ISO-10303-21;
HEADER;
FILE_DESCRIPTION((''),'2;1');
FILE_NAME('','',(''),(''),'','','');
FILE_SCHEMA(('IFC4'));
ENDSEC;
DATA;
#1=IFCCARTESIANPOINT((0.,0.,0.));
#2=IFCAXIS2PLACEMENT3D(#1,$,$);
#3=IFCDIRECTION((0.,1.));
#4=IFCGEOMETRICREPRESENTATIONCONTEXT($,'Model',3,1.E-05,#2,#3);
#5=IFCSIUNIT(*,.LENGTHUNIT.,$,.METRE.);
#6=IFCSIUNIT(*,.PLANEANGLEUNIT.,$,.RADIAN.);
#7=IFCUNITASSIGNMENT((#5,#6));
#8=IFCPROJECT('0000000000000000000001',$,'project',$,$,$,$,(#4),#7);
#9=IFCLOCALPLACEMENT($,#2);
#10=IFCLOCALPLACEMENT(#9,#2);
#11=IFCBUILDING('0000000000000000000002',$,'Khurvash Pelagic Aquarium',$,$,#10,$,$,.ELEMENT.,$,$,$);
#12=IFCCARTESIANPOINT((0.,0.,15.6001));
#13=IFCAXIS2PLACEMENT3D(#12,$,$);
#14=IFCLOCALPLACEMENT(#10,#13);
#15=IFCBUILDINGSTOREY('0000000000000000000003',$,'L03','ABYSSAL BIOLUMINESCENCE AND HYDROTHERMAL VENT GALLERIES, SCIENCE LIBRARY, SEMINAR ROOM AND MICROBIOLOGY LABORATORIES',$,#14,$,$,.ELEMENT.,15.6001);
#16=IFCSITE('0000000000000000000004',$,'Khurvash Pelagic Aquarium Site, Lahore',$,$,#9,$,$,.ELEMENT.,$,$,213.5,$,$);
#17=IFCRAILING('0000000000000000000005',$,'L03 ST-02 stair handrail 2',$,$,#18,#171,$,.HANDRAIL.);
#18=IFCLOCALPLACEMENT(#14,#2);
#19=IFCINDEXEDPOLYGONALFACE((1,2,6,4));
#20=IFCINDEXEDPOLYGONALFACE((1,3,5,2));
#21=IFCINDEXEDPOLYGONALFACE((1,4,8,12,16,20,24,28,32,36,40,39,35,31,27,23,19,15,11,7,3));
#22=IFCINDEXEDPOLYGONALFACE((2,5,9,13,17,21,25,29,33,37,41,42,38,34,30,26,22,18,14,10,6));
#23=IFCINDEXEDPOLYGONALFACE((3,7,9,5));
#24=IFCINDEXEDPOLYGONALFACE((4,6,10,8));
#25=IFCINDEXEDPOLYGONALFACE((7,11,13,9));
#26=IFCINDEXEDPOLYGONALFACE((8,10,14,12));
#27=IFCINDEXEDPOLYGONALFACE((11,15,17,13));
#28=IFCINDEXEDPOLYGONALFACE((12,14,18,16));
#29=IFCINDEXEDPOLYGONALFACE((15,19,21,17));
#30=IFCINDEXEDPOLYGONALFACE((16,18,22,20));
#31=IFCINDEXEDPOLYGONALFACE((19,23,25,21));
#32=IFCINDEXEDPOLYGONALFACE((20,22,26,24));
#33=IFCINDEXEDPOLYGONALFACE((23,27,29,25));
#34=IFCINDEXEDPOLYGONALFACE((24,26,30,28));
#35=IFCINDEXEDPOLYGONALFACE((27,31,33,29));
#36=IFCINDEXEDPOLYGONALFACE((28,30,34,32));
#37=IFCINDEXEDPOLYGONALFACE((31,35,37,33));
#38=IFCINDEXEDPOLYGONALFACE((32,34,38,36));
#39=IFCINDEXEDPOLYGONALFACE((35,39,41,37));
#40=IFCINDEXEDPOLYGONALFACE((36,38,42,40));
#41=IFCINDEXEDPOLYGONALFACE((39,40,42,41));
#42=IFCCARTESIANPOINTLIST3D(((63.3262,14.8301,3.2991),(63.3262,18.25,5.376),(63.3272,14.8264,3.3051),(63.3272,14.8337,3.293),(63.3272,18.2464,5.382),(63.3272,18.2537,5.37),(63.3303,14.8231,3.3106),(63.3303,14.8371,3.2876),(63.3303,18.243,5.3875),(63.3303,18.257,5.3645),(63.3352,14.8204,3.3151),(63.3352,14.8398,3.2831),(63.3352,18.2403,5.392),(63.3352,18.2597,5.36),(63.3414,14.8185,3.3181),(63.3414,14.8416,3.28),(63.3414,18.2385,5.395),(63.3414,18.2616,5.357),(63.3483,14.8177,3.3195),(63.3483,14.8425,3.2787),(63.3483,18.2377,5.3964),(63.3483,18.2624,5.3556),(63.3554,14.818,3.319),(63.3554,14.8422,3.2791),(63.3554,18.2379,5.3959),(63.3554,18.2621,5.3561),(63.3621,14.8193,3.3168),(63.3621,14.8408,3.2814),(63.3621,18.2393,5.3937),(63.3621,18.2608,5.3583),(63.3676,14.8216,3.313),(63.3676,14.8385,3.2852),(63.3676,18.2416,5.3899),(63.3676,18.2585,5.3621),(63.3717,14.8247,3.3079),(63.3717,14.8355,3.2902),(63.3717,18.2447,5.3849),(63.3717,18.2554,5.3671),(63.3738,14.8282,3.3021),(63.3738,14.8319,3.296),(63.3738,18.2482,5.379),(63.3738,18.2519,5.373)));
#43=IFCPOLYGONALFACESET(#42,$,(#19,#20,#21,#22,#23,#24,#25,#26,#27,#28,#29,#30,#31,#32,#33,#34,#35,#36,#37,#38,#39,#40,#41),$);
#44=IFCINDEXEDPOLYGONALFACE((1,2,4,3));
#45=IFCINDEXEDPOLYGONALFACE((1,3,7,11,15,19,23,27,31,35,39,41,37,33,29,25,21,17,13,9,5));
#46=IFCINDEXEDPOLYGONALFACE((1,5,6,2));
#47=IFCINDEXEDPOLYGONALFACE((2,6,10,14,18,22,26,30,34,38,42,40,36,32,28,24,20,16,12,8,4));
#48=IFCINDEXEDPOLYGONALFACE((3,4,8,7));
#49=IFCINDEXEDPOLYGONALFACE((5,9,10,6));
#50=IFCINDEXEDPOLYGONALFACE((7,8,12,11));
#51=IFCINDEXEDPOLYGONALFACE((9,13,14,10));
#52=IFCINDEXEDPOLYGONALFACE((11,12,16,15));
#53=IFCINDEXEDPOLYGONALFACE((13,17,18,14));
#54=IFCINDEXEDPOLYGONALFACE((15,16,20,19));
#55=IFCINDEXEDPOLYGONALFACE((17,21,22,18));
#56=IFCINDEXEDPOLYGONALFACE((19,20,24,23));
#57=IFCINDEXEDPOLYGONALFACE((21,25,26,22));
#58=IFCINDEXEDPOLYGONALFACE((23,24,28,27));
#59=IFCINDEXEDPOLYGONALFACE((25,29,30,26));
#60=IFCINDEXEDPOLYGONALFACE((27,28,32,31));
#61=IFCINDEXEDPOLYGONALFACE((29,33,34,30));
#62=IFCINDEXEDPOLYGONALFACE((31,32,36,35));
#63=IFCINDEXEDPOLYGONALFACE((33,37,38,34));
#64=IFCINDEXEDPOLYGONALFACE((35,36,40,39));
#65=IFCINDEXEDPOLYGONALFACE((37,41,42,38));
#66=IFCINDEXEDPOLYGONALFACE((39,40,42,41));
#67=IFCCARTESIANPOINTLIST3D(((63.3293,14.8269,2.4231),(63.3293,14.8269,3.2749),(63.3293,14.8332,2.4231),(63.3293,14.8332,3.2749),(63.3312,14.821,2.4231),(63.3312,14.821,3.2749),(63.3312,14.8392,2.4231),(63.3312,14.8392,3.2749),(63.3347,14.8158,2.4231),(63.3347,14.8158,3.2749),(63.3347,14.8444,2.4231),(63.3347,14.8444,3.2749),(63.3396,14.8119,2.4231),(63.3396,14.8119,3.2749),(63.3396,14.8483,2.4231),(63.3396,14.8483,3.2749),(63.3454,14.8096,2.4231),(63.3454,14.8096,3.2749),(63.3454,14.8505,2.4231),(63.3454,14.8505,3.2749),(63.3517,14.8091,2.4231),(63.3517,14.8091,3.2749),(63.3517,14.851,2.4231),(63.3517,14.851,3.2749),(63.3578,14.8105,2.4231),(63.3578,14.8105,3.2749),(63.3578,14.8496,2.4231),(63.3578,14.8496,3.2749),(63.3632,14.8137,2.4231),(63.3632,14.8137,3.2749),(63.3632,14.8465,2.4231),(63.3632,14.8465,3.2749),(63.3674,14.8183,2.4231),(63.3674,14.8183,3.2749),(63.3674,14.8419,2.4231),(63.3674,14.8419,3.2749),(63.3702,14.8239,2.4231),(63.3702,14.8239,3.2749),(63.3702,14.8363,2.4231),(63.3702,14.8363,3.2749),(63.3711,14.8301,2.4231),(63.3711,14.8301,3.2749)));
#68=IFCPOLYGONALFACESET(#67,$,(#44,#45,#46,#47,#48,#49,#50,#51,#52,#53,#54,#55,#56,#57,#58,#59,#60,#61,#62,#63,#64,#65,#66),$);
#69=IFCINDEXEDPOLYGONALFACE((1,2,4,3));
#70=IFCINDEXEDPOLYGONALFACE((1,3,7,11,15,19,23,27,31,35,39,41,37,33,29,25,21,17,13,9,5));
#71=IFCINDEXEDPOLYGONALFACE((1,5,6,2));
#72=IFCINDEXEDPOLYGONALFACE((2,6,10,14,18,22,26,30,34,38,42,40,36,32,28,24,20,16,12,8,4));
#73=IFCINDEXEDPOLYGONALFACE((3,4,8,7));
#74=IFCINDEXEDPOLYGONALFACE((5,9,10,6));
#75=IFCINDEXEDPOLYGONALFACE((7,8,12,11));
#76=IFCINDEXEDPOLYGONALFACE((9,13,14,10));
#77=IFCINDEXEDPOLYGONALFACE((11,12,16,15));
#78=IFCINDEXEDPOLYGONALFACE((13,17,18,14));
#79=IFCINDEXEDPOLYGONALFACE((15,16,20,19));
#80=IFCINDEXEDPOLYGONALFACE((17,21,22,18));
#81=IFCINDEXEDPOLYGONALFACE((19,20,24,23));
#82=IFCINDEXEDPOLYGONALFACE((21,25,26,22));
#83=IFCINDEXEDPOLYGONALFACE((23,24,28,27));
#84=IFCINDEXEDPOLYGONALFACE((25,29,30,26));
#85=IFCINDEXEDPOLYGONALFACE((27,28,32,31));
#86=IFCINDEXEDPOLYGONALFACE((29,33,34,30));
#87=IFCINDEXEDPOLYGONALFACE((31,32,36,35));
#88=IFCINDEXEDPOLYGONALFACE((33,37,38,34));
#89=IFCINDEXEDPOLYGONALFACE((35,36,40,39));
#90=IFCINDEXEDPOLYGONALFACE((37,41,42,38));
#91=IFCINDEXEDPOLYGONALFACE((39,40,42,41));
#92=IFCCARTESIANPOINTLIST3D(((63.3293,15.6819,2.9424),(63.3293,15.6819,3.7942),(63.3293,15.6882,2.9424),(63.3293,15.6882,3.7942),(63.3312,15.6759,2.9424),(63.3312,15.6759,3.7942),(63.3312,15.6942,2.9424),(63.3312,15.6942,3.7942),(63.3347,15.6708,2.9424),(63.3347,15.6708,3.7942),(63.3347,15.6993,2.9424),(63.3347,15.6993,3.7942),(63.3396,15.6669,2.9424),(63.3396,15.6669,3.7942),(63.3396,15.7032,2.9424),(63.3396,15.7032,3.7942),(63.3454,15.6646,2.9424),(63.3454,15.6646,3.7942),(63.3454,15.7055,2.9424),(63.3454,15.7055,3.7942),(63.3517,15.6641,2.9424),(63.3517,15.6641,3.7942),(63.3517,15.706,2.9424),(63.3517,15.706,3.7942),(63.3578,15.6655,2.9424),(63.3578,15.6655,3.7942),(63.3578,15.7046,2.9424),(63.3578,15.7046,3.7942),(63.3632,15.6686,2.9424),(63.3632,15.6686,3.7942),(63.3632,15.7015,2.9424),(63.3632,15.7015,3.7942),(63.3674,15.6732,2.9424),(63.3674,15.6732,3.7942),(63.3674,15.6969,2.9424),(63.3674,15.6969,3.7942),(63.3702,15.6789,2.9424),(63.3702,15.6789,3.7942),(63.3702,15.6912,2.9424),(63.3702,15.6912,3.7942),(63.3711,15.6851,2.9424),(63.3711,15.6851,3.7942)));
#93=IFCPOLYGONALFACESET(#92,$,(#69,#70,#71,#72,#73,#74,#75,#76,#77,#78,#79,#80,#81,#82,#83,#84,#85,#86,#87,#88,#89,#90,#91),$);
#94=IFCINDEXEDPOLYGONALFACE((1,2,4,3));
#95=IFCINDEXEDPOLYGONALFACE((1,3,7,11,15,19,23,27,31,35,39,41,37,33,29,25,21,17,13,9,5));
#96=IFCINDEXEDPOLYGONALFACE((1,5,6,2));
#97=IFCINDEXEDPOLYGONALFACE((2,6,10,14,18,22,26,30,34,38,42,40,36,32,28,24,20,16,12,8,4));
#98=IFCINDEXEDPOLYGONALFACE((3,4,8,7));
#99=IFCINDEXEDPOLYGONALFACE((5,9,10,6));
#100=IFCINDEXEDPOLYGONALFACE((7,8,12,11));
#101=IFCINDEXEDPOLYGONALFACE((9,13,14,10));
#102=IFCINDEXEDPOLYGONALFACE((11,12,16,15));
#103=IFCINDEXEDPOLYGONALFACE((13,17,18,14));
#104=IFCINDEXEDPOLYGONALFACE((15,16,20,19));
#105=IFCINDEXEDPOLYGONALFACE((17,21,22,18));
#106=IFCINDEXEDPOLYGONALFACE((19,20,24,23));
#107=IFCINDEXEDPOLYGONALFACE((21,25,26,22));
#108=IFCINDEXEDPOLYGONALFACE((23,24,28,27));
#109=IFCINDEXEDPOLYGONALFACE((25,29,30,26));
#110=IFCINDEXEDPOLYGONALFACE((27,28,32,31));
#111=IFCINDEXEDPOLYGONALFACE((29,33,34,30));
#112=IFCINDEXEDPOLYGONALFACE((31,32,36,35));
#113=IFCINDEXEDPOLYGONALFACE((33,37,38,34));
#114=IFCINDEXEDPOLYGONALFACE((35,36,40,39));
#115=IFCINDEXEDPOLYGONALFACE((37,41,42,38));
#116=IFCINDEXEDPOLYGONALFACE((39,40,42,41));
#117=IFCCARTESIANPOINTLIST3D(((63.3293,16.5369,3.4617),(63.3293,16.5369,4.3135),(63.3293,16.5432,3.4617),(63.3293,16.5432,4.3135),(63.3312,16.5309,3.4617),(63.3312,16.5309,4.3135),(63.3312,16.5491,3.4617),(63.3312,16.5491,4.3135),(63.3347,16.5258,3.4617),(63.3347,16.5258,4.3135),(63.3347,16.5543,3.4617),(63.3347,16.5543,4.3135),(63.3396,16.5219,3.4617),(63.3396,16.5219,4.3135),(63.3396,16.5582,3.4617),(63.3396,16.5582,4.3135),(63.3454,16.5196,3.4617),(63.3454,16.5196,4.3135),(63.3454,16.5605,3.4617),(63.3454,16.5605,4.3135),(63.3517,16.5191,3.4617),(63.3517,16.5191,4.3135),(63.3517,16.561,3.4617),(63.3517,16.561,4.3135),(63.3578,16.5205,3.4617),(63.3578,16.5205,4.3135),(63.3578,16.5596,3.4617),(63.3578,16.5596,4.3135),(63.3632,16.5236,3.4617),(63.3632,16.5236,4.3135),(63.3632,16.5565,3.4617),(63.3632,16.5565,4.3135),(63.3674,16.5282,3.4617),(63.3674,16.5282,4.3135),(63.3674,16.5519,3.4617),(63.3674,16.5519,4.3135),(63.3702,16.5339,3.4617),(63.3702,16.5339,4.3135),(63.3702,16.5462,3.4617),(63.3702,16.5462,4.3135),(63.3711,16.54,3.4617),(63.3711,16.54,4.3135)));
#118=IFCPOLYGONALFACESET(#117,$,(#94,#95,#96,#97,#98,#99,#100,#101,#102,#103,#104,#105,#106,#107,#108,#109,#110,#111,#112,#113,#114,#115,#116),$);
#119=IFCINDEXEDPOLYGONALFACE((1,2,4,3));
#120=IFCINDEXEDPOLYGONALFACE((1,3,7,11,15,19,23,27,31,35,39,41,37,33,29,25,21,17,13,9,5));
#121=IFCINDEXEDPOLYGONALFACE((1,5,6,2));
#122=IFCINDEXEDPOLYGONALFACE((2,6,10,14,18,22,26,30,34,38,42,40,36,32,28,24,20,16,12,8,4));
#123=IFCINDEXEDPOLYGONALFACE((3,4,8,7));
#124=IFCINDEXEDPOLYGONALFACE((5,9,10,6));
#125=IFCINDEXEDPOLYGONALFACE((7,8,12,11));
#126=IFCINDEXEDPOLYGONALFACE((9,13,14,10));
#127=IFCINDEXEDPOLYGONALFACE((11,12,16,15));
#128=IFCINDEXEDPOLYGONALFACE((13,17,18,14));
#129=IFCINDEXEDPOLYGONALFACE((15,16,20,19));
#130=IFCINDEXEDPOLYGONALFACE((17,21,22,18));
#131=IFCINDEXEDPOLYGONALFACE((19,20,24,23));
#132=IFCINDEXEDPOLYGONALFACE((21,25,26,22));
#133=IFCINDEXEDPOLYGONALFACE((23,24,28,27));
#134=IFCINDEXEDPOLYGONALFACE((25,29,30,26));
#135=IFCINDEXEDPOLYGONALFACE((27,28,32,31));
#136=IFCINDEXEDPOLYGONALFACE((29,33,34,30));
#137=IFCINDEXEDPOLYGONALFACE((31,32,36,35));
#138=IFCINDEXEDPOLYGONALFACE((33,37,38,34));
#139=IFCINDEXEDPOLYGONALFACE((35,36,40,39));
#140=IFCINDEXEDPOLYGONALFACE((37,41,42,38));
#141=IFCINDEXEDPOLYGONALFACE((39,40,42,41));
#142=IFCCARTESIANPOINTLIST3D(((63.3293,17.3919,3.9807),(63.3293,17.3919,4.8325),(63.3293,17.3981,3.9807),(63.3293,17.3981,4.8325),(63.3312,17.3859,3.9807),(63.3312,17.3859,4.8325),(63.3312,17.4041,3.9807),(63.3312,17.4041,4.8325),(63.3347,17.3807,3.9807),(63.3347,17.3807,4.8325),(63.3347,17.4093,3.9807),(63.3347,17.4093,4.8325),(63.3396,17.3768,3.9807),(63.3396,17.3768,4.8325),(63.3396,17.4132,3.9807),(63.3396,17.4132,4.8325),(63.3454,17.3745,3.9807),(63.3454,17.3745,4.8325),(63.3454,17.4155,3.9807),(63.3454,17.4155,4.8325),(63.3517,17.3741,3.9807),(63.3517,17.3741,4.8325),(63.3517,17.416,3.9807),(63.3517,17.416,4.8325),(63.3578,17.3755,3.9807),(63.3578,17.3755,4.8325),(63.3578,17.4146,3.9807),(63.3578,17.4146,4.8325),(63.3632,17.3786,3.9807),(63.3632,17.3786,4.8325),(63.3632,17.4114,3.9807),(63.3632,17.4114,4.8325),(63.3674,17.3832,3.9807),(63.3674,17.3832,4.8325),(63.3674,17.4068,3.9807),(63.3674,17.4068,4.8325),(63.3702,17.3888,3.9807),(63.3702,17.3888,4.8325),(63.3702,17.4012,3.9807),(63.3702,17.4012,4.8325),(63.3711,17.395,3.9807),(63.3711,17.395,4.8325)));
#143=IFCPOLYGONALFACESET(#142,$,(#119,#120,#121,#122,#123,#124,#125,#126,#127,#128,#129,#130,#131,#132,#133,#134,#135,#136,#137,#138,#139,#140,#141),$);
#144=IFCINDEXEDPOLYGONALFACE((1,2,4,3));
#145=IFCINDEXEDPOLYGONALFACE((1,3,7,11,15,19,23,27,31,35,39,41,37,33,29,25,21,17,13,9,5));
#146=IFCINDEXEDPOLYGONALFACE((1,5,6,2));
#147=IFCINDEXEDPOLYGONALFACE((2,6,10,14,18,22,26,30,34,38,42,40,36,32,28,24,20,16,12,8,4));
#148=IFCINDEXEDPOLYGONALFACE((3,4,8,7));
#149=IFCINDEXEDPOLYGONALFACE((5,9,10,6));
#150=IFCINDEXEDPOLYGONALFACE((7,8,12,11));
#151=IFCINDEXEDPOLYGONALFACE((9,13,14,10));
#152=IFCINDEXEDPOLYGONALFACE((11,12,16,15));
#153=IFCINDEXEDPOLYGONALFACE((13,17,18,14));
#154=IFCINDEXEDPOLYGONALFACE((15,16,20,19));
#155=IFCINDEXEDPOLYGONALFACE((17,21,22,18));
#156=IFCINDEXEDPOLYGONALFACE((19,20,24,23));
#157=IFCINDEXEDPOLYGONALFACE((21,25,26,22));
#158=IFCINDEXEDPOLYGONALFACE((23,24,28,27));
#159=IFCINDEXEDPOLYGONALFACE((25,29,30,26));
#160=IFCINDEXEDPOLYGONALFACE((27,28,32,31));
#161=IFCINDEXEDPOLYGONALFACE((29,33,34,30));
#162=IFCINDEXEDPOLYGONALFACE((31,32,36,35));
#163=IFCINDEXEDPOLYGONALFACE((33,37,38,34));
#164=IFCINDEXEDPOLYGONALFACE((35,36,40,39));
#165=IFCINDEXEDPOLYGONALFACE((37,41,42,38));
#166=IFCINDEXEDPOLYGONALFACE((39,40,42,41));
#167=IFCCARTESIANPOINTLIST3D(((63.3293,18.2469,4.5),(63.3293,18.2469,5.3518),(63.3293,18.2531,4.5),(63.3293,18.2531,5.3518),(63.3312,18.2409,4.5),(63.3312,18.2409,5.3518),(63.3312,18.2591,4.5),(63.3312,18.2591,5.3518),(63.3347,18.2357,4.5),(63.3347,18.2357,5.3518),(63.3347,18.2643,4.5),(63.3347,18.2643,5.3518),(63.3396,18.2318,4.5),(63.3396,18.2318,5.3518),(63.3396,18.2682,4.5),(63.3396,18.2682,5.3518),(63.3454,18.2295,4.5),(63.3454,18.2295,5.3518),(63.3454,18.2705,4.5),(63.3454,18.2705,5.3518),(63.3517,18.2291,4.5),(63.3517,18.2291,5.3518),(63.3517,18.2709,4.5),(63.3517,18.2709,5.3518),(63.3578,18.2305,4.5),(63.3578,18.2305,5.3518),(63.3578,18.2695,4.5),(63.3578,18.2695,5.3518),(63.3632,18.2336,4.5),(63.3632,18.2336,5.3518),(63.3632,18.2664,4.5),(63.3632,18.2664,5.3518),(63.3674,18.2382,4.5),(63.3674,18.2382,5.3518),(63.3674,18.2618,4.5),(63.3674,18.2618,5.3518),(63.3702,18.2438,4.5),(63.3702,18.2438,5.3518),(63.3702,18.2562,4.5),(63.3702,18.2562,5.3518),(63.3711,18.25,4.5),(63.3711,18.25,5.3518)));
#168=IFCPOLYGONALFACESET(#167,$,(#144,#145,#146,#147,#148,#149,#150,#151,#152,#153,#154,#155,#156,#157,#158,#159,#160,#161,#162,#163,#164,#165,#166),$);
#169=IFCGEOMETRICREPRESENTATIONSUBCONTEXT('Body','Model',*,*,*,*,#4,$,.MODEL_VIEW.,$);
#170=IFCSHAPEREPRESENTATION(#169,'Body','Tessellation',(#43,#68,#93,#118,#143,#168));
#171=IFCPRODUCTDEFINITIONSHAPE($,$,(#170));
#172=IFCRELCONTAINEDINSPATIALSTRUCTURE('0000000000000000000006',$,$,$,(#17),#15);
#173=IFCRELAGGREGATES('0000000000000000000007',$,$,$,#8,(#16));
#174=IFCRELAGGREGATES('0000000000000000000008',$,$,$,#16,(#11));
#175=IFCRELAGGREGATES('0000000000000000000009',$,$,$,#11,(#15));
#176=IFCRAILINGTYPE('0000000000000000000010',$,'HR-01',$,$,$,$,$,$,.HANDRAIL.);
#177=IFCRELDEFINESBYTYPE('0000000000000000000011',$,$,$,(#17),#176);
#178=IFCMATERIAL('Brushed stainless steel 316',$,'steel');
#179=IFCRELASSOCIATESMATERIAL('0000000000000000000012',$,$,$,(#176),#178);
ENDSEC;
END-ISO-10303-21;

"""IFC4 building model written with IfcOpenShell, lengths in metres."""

from ifc_helpers import new_model, si_unit, direction, frame, origin, origin_2d, place, context, subcontext, project, spatial, circle, extrude, material, type_object, element, save


model = new_model("IFC4")

# Units and contexts
model_context = context("Model", 3, precision=1e-05, world=origin(), true_north=direction((0.0, 1.0)))
body_context = subcontext(model_context, "Body", "Model", "MODEL_VIEW")
ifc_project = project(units=[si_unit("LENGTHUNIT", "METRE"), si_unit("PLANEANGLEUNIT", "RADIAN")], contexts=[model_context])

# Site, building, storey
site_placement = place(None, origin())
site = spatial("IfcSite", under=ifc_project, at=site_placement, Name="Khurvash Pelagic Aquarium Site, Lahore", CompositionType="ELEMENT", RefElevation=213.5)
building_placement = place(site_placement, origin())
building = spatial("IfcBuilding", under=site, at=building_placement, Name="Khurvash Pelagic Aquarium", CompositionType="ELEMENT")
storey_placement = place(building_placement, frame((0.0, 0.0, 15.6001)))
storey = spatial("IfcBuildingStorey", under=building, at=storey_placement, Name="L03", Description="ABYSSAL BIOLUMINESCENCE AND HYDROTHERMAL VENT GALLERIES, SCIENCE LIBRARY, SEMINAR ROOM AND MICROBIOLOGY LABORATORIES", CompositionType="ELEMENT", Elevation=15.6001)

# Railing
ifc_material_1 = material(Name="Brushed stainless steel 316", Category="steel")
railing_type_1 = type_object("IfcRailingType", Name="HR-01", PredefinedType="HANDRAIL", material=ifc_material_1)
railing_1_placement = place(storey_placement, frame((63.3501, 14.8301, 2.4231)))
element("IfcRailing", 1, at=railing_1_placement, inside=storey, type_object=railing_type_1, Name="L03 ST-02 stair handrail 2", PredefinedType="HANDRAIL", context=body_context, shape_type="SweptSolid", body=[
    extrude(circle(Radius=0.0239, at=origin_2d()), frame((0.0, 0.0, 0.876), z_axis=(0.0, 0.85473, 0.519074), x_axis=(-1.0, 0.0, 0.0)), (0.0, 0.0, 1.0), 4.0012),
    extrude(circle(Radius=0.021, at=origin_2d()), origin(), (0.0, 0.0, 1.0), 0.8518),
    extrude(circle(Radius=0.021, at=origin_2d()), frame((0.0, 0.855, 0.5193)), (0.0, 0.0, 1.0), 0.8518),
    extrude(circle(Radius=0.021, at=origin_2d()), frame((0.0, 1.71, 1.0386)), (0.0, 0.0, 1.0), 0.8518),
    extrude(circle(Radius=0.021, at=origin_2d()), frame((0.0, 2.5649, 1.5576)), (0.0, 0.0, 1.0), 0.8518),
    extrude(circle(Radius=0.021, at=origin_2d()), frame((0.0, 3.4199, 2.0769)), (0.0, 0.0, 1.0), 0.8518),
])

save(model, "model.ifc")
